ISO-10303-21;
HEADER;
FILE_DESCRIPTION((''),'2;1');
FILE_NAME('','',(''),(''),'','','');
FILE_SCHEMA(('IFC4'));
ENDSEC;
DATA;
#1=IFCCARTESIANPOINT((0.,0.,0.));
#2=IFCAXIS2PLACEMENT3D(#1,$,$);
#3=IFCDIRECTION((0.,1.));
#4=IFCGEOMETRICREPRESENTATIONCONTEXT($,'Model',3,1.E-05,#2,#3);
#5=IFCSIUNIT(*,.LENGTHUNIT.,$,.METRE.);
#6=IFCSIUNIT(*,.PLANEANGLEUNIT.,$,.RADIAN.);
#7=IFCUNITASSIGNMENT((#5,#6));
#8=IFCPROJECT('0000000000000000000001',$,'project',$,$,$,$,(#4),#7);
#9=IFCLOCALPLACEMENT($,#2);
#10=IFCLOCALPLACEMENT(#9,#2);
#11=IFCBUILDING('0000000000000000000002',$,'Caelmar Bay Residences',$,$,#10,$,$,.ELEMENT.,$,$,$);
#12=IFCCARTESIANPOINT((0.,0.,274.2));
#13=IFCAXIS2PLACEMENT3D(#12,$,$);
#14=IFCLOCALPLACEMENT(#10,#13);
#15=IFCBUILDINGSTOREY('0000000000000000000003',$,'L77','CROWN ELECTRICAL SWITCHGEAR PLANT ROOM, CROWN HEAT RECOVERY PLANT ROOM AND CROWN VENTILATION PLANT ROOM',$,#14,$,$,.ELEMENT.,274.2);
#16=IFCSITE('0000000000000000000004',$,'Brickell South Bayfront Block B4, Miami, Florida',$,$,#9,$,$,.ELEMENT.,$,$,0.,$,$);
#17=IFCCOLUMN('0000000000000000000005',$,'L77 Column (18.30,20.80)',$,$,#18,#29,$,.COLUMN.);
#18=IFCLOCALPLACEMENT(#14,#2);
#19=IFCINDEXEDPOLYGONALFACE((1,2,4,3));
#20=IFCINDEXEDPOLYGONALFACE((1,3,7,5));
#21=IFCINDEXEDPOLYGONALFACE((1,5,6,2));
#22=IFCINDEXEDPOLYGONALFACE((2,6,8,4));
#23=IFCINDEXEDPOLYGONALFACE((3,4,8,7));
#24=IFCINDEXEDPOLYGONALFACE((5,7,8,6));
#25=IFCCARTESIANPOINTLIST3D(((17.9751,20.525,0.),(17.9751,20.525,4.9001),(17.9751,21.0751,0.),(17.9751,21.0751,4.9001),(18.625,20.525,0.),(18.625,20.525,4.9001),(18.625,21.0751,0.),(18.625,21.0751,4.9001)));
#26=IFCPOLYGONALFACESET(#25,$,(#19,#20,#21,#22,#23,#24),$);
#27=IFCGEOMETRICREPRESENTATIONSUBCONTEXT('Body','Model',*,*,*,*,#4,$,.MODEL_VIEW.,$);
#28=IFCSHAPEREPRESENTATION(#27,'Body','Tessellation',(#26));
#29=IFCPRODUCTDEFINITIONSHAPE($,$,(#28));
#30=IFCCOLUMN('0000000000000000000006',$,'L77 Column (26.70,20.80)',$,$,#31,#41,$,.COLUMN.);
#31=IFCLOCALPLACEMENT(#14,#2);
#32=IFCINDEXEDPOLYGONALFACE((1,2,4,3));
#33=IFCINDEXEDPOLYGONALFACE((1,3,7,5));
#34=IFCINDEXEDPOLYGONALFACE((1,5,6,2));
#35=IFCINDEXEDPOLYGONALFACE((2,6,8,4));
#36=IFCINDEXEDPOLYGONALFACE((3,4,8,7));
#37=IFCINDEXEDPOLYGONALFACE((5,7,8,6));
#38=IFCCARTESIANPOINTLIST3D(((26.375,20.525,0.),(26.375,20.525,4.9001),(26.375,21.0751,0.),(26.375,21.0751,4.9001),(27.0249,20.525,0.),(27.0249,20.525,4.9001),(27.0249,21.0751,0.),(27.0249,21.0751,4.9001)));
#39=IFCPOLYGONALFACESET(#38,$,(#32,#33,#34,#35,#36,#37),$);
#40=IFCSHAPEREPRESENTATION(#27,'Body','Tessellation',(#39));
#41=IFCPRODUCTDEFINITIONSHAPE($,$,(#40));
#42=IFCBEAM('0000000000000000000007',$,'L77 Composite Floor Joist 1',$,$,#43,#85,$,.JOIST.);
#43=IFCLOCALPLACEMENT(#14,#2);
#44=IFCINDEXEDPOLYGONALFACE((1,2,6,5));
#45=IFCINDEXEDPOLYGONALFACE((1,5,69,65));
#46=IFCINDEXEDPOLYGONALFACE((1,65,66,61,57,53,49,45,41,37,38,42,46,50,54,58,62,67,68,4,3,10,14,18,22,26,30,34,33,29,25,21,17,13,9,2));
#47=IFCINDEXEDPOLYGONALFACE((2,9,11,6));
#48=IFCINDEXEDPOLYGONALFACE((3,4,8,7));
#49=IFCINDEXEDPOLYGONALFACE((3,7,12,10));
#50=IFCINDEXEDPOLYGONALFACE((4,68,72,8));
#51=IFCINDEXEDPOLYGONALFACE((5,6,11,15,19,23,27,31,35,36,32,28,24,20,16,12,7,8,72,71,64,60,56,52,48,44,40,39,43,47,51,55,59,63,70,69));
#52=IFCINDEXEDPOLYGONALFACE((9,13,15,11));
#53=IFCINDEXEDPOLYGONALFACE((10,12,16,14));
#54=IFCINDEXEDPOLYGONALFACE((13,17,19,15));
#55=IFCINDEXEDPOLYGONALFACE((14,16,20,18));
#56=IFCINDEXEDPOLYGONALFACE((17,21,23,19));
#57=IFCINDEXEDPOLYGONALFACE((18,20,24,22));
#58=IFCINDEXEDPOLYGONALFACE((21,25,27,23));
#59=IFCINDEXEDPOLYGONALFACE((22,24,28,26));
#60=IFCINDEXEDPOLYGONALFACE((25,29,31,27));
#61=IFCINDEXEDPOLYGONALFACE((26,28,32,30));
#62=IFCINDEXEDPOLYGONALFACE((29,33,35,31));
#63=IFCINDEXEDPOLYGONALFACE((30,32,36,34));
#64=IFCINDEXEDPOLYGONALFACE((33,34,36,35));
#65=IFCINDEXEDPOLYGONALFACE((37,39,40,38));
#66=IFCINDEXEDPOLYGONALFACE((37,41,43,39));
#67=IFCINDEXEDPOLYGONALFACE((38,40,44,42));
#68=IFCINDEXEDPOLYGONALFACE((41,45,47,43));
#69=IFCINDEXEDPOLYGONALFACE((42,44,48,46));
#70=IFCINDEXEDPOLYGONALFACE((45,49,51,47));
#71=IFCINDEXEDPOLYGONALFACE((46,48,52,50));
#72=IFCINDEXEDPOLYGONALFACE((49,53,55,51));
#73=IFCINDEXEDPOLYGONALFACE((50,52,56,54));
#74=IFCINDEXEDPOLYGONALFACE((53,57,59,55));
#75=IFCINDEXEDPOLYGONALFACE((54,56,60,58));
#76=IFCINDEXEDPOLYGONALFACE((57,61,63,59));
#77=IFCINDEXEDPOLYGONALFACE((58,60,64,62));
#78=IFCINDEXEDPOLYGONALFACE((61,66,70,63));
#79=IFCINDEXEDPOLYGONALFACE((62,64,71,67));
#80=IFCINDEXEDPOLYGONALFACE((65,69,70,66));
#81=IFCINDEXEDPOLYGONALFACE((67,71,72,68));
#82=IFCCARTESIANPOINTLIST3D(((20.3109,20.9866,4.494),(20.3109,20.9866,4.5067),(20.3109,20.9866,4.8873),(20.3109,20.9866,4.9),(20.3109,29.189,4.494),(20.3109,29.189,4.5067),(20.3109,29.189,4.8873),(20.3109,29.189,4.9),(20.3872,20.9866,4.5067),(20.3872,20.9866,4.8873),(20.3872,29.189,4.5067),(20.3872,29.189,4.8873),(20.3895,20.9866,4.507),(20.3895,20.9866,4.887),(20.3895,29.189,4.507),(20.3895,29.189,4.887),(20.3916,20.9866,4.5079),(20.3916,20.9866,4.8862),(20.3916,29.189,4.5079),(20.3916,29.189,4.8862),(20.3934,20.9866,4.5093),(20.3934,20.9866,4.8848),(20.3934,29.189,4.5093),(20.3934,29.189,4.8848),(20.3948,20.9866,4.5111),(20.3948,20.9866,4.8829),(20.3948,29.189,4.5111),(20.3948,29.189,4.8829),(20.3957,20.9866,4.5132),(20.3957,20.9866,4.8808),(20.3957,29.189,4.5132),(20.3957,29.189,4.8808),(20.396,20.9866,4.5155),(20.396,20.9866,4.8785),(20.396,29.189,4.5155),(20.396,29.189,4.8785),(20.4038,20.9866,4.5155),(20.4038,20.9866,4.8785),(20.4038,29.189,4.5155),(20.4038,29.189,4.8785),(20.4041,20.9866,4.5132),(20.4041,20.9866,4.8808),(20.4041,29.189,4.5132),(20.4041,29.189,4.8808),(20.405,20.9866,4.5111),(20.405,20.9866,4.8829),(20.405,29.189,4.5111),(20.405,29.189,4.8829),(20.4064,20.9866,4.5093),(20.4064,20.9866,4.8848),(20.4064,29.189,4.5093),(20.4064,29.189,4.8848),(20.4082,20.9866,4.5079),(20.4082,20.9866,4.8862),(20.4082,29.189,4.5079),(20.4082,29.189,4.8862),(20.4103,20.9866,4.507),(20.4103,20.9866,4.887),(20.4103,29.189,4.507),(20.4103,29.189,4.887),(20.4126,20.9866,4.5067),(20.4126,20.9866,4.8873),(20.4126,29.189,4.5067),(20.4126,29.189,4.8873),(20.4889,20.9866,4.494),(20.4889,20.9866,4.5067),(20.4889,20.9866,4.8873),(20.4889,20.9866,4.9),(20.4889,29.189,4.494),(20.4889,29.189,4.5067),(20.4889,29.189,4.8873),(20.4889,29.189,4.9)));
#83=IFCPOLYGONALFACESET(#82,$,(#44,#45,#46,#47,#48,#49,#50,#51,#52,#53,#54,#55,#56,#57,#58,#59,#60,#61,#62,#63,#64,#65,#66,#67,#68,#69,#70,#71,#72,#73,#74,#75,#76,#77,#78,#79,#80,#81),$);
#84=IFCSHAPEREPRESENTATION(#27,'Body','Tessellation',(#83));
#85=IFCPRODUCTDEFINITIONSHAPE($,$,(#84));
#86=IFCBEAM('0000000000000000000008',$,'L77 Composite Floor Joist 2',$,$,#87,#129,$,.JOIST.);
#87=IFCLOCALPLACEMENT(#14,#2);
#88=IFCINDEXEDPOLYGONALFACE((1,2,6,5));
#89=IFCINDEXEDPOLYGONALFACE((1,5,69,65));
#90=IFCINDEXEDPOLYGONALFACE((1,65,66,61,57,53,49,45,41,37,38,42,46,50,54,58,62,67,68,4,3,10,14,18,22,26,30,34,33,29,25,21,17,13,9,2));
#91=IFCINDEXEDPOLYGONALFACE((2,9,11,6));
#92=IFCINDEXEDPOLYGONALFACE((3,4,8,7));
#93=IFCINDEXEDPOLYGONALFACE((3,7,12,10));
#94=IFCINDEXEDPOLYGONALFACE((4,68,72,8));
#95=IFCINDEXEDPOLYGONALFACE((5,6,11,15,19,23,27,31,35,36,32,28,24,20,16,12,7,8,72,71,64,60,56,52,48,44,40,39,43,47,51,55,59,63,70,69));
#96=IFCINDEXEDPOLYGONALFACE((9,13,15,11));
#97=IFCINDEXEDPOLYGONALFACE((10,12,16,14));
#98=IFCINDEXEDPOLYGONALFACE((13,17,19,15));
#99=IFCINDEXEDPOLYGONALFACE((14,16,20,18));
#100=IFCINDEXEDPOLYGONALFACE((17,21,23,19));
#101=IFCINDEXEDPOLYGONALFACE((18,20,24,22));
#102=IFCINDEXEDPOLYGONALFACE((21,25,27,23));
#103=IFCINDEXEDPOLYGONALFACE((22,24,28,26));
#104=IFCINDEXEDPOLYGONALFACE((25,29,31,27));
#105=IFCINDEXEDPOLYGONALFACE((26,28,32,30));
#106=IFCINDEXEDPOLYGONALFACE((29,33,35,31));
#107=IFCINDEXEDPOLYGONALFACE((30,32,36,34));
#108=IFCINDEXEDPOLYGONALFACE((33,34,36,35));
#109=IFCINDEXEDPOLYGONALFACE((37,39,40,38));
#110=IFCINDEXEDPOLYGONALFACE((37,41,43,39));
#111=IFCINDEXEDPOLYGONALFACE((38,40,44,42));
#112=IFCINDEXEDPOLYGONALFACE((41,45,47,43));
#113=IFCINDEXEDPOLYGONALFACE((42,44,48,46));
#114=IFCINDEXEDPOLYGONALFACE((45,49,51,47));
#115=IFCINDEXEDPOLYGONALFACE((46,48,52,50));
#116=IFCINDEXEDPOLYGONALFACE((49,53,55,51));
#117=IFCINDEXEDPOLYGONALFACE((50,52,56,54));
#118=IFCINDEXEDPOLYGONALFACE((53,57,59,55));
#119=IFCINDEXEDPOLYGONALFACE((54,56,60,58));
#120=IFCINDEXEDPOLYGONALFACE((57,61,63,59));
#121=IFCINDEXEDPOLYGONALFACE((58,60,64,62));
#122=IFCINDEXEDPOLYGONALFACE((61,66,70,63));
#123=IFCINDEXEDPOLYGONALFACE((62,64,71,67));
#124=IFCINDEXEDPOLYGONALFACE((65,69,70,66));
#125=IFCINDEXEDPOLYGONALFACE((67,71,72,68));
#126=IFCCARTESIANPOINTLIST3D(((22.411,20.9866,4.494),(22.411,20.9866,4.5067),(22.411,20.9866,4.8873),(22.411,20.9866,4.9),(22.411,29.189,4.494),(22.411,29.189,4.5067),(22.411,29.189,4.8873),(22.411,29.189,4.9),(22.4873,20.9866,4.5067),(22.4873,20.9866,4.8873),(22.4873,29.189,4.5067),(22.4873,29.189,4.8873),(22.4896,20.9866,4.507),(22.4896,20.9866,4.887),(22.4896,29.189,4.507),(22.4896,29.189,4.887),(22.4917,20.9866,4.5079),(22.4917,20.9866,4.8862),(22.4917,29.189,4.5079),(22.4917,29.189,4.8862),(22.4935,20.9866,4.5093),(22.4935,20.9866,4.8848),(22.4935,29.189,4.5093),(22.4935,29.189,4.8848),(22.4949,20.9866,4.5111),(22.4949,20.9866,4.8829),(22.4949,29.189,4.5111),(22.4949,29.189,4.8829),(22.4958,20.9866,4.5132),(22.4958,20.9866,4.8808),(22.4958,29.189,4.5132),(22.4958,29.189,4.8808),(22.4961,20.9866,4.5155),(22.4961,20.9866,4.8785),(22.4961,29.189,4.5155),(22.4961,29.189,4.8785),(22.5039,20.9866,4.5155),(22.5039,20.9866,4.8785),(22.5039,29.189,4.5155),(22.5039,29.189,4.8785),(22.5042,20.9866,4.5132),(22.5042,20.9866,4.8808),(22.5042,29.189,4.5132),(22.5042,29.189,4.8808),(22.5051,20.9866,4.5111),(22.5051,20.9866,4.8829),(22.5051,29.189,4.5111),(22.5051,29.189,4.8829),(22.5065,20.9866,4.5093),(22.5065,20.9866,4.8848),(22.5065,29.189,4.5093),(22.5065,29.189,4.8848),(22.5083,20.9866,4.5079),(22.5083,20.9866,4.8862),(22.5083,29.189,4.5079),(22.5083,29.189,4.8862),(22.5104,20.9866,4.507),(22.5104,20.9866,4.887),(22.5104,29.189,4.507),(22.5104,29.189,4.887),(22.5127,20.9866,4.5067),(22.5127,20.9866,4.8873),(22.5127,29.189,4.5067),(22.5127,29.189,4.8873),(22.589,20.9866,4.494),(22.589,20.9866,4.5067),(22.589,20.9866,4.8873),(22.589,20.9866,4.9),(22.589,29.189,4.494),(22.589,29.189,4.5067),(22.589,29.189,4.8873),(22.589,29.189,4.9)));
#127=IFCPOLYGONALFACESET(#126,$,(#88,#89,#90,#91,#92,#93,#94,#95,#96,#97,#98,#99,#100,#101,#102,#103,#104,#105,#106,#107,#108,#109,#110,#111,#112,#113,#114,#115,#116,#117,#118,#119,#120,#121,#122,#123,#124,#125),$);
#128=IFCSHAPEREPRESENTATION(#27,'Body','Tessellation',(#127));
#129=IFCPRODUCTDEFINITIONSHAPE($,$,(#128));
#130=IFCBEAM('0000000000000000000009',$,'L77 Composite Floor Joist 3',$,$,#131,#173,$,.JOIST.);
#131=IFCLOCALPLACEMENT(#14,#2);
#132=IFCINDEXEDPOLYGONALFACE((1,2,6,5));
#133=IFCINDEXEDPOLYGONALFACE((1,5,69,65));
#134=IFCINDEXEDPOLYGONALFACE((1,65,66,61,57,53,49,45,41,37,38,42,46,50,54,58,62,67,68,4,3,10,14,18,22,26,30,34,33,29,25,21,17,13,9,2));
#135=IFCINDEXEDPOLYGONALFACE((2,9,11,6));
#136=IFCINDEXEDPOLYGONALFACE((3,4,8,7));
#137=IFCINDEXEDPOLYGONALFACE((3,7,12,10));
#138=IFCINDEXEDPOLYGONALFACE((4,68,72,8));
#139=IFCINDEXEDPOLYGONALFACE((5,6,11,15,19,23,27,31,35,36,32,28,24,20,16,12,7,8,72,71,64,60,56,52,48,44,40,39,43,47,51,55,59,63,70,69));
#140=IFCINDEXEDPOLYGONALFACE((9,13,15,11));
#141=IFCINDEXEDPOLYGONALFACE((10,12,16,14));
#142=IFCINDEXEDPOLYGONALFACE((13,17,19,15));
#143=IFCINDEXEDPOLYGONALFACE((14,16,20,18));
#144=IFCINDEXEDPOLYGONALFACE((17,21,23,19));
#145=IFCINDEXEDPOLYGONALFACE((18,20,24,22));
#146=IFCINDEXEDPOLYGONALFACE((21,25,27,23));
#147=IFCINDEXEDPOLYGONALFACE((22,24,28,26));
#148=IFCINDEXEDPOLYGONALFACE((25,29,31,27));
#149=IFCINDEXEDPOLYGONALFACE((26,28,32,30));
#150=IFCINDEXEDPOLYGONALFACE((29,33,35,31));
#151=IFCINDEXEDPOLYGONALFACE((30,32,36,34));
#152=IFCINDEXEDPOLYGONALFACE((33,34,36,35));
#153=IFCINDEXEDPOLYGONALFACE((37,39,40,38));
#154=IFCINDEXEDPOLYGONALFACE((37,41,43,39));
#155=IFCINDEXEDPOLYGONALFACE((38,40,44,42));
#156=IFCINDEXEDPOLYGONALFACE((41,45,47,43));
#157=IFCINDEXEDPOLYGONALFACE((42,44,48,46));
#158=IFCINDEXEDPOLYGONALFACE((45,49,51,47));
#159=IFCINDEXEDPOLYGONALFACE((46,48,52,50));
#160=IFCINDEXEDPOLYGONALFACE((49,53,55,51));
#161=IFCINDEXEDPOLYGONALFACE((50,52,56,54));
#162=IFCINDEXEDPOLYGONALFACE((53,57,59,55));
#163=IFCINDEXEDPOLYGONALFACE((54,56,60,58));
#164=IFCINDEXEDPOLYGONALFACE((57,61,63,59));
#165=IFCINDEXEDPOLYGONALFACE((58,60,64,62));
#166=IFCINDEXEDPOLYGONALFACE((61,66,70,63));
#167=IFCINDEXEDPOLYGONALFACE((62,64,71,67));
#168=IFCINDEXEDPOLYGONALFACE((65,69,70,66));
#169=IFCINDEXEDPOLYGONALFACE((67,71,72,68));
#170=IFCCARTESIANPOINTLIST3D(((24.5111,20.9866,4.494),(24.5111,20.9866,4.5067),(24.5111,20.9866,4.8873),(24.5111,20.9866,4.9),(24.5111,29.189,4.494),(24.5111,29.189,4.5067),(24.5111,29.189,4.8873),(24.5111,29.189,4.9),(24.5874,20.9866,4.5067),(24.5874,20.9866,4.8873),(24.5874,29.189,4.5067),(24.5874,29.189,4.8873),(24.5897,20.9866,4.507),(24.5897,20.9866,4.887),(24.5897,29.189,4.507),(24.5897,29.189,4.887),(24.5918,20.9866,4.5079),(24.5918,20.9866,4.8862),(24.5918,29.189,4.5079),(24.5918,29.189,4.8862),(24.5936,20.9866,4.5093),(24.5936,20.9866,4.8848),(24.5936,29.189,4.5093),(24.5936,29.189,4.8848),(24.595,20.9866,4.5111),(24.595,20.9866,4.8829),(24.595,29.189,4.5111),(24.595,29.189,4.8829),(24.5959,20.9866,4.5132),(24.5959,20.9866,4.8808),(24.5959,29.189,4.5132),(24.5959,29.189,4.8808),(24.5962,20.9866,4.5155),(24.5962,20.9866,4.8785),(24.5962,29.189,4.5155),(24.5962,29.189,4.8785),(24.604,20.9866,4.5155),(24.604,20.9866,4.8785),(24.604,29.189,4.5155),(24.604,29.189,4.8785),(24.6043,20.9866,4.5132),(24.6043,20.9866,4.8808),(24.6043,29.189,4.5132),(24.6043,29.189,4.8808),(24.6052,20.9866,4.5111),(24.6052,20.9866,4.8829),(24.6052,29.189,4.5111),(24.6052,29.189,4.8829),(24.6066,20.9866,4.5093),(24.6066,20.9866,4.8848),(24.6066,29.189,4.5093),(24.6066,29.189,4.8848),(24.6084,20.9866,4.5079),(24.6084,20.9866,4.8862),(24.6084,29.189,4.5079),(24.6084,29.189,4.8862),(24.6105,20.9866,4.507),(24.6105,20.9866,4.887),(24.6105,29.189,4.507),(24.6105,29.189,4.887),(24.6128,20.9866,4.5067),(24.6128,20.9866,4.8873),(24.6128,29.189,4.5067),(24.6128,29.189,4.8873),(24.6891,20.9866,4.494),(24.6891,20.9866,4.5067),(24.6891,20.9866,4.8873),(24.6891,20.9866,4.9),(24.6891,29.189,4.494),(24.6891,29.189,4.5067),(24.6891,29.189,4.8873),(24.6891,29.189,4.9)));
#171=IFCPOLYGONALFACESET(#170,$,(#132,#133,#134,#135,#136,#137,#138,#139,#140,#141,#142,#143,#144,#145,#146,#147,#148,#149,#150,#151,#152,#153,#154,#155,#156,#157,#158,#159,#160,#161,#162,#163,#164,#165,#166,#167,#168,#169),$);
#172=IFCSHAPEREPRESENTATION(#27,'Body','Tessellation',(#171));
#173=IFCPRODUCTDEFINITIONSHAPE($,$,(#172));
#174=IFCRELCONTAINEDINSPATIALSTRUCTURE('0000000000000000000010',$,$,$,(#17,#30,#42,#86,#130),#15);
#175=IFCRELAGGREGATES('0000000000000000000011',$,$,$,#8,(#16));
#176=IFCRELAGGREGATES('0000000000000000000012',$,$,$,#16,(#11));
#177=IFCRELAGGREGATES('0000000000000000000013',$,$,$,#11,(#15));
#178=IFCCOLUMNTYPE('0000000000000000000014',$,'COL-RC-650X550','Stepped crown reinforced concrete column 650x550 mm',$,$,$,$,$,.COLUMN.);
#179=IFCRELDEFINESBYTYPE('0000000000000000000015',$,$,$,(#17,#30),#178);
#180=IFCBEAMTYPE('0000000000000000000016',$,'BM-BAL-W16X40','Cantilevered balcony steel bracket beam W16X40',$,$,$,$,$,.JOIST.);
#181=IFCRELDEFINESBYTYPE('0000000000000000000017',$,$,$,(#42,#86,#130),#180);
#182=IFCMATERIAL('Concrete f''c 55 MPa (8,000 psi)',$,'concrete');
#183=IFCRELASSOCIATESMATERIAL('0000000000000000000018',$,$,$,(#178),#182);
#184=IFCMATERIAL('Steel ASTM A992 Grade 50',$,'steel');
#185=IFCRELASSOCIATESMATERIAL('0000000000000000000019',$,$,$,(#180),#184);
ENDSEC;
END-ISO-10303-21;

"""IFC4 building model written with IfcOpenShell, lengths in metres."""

from ifc_helpers import new_model, si_unit, direction, frame, origin, origin_2d, place, context, subcontext, project, spatial, rectangle, i_section, extrude, material, material_profile, profile_set, type_object, element, save


model = new_model("IFC4")

# Units and contexts
model_context = context("Model", 3, precision=1e-05, world=origin(), true_north=direction((0.0, 1.0)))
body_context = subcontext(model_context, "Body", "Model", "MODEL_VIEW")
ifc_project = project(units=[si_unit("LENGTHUNIT", "METRE"), si_unit("PLANEANGLEUNIT", "RADIAN")], contexts=[model_context])

# Site, building, storey
site_placement = place(None, origin())
site = spatial("IfcSite", under=ifc_project, at=site_placement, Name="Brickell South Bayfront Block B4, Miami, Florida", CompositionType="ELEMENT", RefElevation=0.0)
building_placement = place(site_placement, origin())
building = spatial("IfcBuilding", under=site, at=building_placement, Name="Caelmar Bay Residences", CompositionType="ELEMENT")
storey_placement = place(building_placement, frame((0.0, 0.0, 274.2)))
storey = spatial("IfcBuildingStorey", under=building, at=storey_placement, Name="L77", Description="CROWN ELECTRICAL SWITCHGEAR PLANT ROOM, CROWN HEAT RECOVERY PLANT ROOM AND CROWN VENTILATION PLANT ROOM", CompositionType="ELEMENT", Elevation=274.2)

# Columns
ifc_material_1 = material(Name="Concrete f'c 55 MPa (8,000 psi)", Category="concrete")
ifc_material_profile_1 = material_profile(ifc_material_1, rectangle(XDim=0.6499, YDim=0.55, at=origin_2d()), Name="RC-COL-650X550")
ifc_profile_set_1 = profile_set([ifc_material_profile_1], Name="Concrete f'c 55 MPa (8,000 psi)")
column_type = type_object("IfcColumnType", Name="COL-RC-650X550", Description="Stepped crown reinforced concrete column 650x550 mm", PredefinedType="COLUMN", material=ifc_profile_set_1)
for number, where, z_axis, x_axis, name in (
    (1, (18.3, 20.8, 0.0), (0.0, 0.0, 1.0), (1.0, 0.0, 0.0), "L77 Column (18.30,20.80)"),
    (2, (26.7, 20.8, 0.0), (0.0, 0.0, 1.0), (1.0, 0.0, 0.0), "L77 Column (26.70,20.80)"),
):
    element("IfcColumn", number, at=place(storey_placement, frame(where, z_axis=z_axis, x_axis=x_axis)), inside=storey, type_object=column_type, Name=name, PredefinedType="COLUMN", context=body_context, shape_type="SweptSolid", body=[
        extrude(rectangle(XDim=0.6499, YDim=0.55, at=origin_2d()), origin(), (0.0, 0.0, 1.0), 4.9001),
    ])

# Beams
ifc_material_2 = material(Name="Steel ASTM A992 Grade 50", Category="steel")
ifc_material_profile_2 = material_profile(ifc_material_2, i_section(OverallWidth=0.178, OverallDepth=0.406, WebThickness=0.0078, FlangeThickness=0.0127, FilletRadius=0.0088, at=origin_2d()), Name="W16X40")
ifc_profile_set_2 = profile_set([ifc_material_profile_2], Name="Steel ASTM A992 Grade 50")
beam_type_1 = type_object("IfcBeamType", Name="BM-BAL-W16X40", Description="Cantilevered balcony steel bracket beam W16X40", PredefinedType="JOIST", material=ifc_profile_set_2)
for number, where, z_axis, x_axis, name in (
    (3, (20.3999, 20.9866, 4.697), (0.0, 1.0, 0.0), (-1.0, 0.0, 0.0), "L77 Composite Floor Joist 1"),
    (4, (22.5, 20.9866, 4.697), (0.0, 1.0, 0.0), (-1.0, 0.0, 0.0), "L77 Composite Floor Joist 2"),
    (5, (24.6001, 20.9866, 4.697), (0.0, 1.0, 0.0), (-1.0, 0.0, 0.0), "L77 Composite Floor Joist 3"),
):
    element("IfcBeam", number, at=place(storey_placement, frame(where, z_axis=z_axis, x_axis=x_axis)), inside=storey, type_object=beam_type_1, Name=name, PredefinedType="JOIST", context=body_context, shape_type="SweptSolid", body=[
        extrude(i_section(OverallWidth=0.178, OverallDepth=0.406, WebThickness=0.0078, FlangeThickness=0.0127, FilletRadius=0.0088, at=origin_2d()), origin(), (0.0, 0.0, 1.0), 8.2024),
    ])

save(model, "model.ifc")
